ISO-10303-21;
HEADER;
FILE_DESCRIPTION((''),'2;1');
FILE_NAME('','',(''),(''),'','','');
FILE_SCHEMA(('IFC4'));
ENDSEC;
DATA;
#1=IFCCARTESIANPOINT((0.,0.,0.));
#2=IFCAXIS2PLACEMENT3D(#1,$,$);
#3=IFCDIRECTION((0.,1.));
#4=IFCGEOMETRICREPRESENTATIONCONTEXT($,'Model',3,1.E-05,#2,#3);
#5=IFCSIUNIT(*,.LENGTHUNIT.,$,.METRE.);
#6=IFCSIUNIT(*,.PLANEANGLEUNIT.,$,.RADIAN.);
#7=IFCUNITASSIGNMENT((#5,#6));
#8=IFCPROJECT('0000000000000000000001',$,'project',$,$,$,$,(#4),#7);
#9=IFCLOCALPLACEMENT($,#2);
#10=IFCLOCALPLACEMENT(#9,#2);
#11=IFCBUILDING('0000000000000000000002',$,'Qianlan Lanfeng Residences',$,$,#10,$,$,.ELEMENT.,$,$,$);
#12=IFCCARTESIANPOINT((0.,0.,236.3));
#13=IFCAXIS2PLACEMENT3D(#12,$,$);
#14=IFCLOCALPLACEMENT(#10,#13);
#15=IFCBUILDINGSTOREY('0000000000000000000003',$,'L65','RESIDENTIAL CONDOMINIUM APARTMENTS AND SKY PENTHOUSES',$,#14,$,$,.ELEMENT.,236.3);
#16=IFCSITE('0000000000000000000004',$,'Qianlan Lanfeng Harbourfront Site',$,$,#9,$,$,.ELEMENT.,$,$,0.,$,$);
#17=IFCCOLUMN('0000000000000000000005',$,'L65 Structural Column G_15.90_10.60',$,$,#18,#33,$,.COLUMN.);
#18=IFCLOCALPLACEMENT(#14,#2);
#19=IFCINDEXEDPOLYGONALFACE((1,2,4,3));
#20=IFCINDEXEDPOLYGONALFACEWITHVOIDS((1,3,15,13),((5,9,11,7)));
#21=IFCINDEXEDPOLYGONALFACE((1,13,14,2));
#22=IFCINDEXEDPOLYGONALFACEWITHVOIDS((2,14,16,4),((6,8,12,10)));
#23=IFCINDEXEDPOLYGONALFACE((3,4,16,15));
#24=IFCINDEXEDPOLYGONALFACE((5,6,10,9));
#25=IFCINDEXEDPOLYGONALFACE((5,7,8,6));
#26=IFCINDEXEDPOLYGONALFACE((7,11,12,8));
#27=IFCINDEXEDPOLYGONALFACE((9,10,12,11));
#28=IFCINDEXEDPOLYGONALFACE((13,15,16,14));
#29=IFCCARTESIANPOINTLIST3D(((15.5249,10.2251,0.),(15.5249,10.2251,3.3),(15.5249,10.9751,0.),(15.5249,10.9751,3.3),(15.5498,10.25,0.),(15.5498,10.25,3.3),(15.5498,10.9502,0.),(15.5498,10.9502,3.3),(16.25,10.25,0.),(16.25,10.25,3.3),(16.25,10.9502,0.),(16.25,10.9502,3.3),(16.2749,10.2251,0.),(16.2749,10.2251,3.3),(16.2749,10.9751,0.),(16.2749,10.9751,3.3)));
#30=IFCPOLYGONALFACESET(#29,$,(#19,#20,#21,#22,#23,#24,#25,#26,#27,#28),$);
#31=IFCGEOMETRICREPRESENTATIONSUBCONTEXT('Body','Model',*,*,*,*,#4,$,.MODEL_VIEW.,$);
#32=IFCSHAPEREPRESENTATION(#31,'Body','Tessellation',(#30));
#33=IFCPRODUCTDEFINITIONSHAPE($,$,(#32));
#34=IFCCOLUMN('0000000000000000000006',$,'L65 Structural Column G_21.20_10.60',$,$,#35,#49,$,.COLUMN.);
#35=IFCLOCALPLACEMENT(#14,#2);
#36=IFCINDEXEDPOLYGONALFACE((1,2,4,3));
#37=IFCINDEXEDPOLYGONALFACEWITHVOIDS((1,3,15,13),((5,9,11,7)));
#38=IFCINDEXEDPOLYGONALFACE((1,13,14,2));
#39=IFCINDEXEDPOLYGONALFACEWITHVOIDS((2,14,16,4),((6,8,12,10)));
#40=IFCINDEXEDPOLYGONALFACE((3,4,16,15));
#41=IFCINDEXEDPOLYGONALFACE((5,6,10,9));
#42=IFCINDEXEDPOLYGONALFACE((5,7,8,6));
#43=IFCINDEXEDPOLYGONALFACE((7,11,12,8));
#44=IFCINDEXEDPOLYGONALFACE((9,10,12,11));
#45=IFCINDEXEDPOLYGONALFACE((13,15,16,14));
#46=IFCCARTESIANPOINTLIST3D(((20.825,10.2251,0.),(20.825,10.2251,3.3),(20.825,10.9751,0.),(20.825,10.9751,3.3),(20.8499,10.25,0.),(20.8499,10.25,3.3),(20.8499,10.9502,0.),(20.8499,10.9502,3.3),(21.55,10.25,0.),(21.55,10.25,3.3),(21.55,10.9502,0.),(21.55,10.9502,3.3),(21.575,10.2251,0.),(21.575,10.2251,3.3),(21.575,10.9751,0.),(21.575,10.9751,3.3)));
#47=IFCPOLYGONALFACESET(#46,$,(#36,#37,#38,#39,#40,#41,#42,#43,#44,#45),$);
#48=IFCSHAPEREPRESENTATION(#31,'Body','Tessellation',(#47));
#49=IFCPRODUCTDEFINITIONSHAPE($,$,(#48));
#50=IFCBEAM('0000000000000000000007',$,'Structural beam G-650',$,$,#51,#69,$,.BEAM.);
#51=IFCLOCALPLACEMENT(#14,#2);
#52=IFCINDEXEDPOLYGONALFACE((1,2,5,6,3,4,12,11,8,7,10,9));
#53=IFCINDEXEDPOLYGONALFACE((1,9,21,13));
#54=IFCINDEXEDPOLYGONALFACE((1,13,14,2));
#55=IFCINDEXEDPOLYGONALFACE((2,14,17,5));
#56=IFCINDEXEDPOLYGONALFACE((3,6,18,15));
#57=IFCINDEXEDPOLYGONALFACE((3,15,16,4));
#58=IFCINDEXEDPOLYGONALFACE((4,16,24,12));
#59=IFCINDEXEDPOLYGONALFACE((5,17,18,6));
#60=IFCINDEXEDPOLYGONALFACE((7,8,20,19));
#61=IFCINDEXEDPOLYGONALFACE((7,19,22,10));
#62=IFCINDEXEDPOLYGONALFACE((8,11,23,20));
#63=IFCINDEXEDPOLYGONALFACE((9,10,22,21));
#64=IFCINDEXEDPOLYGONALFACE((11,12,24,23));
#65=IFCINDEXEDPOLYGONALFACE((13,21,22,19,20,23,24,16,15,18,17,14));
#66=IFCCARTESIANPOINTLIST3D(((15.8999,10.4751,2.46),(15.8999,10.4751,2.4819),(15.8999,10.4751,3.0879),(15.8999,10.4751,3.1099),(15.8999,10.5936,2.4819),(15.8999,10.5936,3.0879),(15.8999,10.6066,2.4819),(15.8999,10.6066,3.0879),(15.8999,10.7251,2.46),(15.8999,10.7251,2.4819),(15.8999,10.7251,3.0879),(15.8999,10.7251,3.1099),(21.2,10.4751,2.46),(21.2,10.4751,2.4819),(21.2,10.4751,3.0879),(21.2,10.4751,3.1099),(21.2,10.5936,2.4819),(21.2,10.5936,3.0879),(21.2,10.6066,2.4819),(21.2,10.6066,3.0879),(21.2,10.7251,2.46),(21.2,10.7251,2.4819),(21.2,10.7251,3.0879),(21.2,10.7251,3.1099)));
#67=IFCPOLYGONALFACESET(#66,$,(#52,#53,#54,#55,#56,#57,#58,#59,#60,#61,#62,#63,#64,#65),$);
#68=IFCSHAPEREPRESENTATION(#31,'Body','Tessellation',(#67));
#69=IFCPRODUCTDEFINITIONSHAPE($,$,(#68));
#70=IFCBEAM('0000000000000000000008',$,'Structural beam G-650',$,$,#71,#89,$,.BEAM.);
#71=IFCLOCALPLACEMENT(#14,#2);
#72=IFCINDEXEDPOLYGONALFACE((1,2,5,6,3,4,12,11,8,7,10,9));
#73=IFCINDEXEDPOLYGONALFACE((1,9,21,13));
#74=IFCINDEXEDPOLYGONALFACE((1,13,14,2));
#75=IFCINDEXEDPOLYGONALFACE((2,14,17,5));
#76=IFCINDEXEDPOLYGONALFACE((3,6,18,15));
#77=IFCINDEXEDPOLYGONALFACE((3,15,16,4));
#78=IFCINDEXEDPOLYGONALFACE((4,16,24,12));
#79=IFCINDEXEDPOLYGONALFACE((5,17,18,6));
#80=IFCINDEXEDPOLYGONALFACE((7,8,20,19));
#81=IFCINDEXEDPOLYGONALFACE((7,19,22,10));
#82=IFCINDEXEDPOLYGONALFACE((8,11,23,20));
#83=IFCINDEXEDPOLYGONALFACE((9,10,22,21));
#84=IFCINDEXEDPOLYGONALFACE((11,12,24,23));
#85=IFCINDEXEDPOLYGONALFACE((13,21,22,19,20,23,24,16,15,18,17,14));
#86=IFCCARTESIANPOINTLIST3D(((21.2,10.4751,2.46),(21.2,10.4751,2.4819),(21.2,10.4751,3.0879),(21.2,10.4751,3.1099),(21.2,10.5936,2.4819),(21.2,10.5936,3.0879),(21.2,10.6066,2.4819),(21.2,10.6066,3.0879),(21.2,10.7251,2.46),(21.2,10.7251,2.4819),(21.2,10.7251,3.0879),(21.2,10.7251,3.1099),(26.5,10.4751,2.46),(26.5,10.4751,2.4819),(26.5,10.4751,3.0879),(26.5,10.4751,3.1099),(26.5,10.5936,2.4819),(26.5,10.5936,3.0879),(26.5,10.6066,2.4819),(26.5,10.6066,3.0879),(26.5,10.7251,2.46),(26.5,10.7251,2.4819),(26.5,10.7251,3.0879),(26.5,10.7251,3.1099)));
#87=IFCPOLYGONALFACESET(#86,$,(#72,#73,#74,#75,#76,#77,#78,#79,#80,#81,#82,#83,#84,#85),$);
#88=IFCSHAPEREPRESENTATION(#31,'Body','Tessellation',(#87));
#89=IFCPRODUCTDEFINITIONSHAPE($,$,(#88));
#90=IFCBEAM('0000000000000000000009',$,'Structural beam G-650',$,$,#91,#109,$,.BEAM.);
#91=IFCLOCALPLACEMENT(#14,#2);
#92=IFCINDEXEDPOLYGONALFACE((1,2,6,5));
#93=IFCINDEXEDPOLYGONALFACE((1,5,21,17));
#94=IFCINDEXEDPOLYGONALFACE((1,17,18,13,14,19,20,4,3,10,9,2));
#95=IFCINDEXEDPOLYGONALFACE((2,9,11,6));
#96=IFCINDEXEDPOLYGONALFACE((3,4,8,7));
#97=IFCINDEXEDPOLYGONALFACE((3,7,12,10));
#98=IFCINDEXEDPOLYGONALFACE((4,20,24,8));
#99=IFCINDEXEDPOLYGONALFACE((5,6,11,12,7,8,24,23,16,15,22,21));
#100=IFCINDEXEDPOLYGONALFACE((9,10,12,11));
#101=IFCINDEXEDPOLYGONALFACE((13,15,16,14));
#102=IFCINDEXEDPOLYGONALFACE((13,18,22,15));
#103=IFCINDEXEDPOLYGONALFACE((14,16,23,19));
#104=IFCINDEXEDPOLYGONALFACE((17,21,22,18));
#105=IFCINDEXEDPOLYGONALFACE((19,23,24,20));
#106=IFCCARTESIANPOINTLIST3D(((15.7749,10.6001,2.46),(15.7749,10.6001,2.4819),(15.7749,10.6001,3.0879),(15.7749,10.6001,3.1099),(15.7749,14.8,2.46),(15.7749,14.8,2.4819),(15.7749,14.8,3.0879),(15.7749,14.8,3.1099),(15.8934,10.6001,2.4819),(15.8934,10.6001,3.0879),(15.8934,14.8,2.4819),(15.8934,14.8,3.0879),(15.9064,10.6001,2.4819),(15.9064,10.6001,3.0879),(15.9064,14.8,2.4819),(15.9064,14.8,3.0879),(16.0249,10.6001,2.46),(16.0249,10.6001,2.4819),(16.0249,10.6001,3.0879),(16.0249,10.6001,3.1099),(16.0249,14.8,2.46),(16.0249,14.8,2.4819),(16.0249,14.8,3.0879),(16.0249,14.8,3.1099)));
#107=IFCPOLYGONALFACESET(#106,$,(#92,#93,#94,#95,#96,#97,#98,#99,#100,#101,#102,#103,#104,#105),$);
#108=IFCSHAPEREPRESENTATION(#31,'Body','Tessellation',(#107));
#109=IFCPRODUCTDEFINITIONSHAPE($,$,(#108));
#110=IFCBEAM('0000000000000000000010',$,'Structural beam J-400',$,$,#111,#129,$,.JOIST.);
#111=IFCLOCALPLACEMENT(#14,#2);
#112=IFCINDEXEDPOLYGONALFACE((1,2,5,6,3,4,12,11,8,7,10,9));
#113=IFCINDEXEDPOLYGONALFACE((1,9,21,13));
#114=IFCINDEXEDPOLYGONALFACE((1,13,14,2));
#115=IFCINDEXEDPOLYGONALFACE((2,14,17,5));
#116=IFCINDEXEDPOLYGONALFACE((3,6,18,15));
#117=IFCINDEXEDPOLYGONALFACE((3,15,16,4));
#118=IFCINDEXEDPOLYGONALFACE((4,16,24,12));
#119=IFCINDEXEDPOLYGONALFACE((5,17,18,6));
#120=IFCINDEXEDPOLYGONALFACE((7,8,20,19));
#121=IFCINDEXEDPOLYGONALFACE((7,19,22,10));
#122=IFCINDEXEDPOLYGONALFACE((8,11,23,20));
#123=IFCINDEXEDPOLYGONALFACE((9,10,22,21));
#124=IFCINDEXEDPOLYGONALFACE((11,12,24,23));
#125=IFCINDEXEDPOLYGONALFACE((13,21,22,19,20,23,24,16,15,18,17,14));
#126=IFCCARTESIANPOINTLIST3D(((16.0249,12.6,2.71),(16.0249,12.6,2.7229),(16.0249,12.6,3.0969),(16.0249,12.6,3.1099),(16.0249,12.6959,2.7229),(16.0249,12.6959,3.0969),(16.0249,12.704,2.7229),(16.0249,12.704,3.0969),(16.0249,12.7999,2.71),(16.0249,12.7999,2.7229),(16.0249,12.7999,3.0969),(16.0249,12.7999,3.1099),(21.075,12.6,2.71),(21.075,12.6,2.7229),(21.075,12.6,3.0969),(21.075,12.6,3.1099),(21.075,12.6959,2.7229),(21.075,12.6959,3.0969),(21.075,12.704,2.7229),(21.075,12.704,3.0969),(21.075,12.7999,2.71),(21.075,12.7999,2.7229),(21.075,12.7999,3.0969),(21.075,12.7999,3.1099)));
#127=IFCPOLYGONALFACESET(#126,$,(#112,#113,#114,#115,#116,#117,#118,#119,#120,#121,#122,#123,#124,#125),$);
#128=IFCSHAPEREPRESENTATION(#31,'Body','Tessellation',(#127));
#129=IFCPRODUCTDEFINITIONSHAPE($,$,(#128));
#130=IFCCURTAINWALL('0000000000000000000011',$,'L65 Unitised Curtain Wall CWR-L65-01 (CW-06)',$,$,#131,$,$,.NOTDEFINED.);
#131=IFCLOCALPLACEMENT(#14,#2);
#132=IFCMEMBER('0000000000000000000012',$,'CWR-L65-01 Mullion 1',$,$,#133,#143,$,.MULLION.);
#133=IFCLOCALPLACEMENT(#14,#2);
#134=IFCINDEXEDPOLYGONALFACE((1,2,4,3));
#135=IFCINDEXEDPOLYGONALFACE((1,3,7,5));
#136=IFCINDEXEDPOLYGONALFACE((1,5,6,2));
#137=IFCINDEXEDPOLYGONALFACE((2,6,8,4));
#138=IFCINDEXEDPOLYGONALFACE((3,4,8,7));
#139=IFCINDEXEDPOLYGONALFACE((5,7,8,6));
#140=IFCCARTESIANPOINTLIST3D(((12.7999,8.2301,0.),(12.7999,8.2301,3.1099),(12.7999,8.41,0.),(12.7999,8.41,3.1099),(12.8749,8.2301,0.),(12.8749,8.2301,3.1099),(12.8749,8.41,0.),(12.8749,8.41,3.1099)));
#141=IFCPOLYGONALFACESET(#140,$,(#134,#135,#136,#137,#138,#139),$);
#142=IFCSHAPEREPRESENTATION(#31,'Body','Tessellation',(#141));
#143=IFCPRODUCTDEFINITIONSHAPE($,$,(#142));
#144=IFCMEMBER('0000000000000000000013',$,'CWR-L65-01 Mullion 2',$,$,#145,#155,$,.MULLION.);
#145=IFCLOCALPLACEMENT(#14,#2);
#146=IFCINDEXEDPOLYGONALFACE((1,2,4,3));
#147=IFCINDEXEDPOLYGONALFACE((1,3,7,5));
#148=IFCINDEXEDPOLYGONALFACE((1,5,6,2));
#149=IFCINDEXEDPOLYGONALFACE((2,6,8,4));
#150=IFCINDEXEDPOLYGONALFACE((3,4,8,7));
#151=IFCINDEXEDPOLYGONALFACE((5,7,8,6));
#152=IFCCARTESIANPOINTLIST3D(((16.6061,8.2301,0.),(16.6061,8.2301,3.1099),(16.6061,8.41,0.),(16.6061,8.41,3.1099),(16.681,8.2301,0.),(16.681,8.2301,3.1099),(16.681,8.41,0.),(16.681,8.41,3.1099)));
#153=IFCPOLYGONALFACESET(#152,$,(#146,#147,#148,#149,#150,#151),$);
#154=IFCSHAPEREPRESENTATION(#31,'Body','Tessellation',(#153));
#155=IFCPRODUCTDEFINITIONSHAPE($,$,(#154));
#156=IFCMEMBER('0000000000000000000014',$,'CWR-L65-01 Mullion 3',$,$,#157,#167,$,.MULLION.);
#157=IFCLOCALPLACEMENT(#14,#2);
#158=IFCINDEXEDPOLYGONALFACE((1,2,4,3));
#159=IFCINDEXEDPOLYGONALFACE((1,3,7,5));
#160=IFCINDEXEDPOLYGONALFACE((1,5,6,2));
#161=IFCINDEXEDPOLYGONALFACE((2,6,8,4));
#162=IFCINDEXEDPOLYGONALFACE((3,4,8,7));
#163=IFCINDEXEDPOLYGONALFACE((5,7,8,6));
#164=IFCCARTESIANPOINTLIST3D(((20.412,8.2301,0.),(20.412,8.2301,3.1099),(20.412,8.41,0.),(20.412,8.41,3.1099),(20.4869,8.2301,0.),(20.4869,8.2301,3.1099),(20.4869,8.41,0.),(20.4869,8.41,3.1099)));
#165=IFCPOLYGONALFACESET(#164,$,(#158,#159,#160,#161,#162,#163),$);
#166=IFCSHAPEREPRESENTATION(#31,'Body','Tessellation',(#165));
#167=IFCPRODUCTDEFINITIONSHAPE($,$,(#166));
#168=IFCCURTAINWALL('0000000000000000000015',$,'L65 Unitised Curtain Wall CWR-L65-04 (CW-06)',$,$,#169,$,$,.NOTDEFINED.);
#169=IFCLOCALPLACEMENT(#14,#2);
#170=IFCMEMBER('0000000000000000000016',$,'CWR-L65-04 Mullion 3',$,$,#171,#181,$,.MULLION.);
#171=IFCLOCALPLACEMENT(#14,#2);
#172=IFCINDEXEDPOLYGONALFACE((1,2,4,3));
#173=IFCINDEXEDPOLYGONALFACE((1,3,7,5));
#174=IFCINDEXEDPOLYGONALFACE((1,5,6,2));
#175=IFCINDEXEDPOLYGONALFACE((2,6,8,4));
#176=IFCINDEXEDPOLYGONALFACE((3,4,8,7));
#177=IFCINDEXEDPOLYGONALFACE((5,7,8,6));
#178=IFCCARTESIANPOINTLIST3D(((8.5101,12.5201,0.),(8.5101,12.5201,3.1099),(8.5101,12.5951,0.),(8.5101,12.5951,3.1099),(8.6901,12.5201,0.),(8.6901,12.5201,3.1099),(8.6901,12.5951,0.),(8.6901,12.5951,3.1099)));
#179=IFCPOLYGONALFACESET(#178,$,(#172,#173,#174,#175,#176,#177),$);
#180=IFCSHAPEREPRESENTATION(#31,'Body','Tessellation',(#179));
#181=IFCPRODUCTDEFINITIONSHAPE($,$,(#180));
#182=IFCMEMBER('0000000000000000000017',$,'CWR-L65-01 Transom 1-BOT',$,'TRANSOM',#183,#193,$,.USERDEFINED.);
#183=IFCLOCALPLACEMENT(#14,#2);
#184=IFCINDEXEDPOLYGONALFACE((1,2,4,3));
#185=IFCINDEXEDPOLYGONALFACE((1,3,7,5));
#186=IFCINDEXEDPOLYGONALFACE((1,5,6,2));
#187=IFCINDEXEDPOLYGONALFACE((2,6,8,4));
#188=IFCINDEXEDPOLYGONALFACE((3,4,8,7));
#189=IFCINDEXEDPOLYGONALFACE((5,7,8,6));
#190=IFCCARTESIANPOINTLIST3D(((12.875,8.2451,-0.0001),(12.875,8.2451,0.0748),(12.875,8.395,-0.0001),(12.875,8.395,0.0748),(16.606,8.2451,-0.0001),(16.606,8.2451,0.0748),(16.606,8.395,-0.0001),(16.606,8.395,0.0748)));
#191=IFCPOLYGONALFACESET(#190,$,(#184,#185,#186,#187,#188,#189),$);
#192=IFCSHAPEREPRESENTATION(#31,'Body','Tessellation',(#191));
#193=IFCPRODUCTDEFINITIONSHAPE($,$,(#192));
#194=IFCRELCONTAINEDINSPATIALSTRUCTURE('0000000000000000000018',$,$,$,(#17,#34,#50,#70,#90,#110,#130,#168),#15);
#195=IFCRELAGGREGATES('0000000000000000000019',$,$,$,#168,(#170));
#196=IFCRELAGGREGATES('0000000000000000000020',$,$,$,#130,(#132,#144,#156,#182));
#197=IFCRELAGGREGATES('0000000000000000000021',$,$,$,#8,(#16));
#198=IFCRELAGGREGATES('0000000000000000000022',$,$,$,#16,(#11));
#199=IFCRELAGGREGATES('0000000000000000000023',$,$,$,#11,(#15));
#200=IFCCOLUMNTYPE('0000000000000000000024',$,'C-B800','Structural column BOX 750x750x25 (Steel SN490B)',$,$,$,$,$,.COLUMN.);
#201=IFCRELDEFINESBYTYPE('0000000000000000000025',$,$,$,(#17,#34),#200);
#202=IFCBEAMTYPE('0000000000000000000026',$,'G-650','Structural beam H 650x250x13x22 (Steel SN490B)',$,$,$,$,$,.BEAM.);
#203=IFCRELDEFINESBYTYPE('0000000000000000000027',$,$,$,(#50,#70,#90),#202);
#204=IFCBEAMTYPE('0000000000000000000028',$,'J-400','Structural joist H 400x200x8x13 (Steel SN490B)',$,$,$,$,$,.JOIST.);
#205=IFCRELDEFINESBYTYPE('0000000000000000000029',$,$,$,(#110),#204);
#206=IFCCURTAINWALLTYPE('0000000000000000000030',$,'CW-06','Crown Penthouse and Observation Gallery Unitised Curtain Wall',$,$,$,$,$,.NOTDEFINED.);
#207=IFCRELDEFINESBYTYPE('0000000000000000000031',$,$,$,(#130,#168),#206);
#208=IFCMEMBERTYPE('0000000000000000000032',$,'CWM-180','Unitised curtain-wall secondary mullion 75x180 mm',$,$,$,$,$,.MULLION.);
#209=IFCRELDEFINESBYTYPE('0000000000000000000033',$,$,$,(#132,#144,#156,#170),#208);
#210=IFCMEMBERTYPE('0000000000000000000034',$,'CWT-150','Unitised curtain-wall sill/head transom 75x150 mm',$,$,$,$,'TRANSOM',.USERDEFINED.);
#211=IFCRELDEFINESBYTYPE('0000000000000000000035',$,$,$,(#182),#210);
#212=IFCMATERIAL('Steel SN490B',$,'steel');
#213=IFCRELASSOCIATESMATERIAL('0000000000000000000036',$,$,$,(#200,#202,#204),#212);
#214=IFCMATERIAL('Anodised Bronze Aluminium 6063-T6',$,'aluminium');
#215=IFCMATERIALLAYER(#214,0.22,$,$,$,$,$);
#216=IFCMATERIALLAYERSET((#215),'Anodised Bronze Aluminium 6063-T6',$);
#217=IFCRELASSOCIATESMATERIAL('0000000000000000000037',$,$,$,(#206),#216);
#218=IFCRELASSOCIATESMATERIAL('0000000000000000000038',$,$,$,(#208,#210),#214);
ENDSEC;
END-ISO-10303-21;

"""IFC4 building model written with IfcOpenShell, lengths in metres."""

from ifc_helpers import new_model, si_unit, direction, frame, origin, origin_2d, place, context, subcontext, project, spatial, rectangle, hollow_rectangle, i_section, extrude, source, transform, mapped, material, layer, layer_set, material_profile, profile_set, type_object, element, aggregate, save


model = new_model("IFC4")

# Units and contexts
model_context = context("Model", 3, precision=1e-05, world=origin(), true_north=direction((0.0, 1.0)))
body_context = subcontext(model_context, "Body", "Model", "MODEL_VIEW")
ifc_project = project(units=[si_unit("LENGTHUNIT", "METRE"), si_unit("PLANEANGLEUNIT", "RADIAN")], contexts=[model_context])

# Site, building, storey
site_placement = place(None, origin())
site = spatial("IfcSite", under=ifc_project, at=site_placement, Name="Qianlan Lanfeng Harbourfront Site", CompositionType="ELEMENT", RefElevation=0.0)
building_placement = place(site_placement, origin())
building = spatial("IfcBuilding", under=site, at=building_placement, Name="Qianlan Lanfeng Residences", CompositionType="ELEMENT")
storey_placement = place(building_placement, frame((0.0, 0.0, 236.3)))
storey = spatial("IfcBuildingStorey", under=building, at=storey_placement, Name="L65", Description="RESIDENTIAL CONDOMINIUM APARTMENTS AND SKY PENTHOUSES", CompositionType="ELEMENT", Elevation=236.3)

# Columns
ifc_material_1 = material(Name="Steel SN490B", Category="steel")
ifc_material_profile_1 = material_profile(ifc_material_1, hollow_rectangle(XDim=0.75, YDim=0.75, WallThickness=0.0249, at=origin_2d()), Name="BOX 750x750x25")
ifc_profile_set_1 = profile_set([ifc_material_profile_1], Name="Steel SN490B")
column_type = type_object("IfcColumnType", Name="C-B800", Description="Structural column BOX 750x750x25 (Steel SN490B)", PredefinedType="COLUMN", material=ifc_profile_set_1)
for number, where, z_axis, x_axis, name in (
    (1, (15.8999, 10.6001, 0.0), (0.0, 0.0, 1.0), (1.0, 0.0, 0.0), "L65 Structural Column G_15.90_10.60"),
    (2, (21.2, 10.6001, 0.0), (0.0, 0.0, 1.0), (1.0, 0.0, 0.0), "L65 Structural Column G_21.20_10.60"),
):
    element("IfcColumn", number, at=place(storey_placement, frame(where, z_axis=z_axis, x_axis=x_axis)), inside=storey, type_object=column_type, Name=name, PredefinedType="COLUMN", context=body_context, shape_type="SweptSolid", body=[
        extrude(hollow_rectangle(XDim=0.75, YDim=0.75, WallThickness=0.0249, at=origin_2d()), origin(), (0.0, 0.0, 1.0), 3.3),
    ])

# Beams
ifc_material_profile_2 = material_profile(ifc_material_1, i_section(OverallWidth=0.25, OverallDepth=0.6499, WebThickness=0.0129, FlangeThickness=0.022, at=origin_2d()), Name="H 650x250x13x22")
ifc_profile_set_2 = profile_set([ifc_material_profile_2], Name="Steel SN490B")
beam_type_1 = type_object("IfcBeamType", Name="G-650", Description="Structural beam H 650x250x13x22 (Steel SN490B)", PredefinedType="BEAM", material=ifc_profile_set_2)
for number, where, z_axis, x_axis, name in (
    (3, (15.8999, 10.6001, 2.7849), (1.0, 0.0, 0.0), (0.0, 1.0, 0.0), "Structural beam G-650"),
    (4, (21.2, 10.6001, 2.7849), (1.0, 0.0, 0.0), (0.0, 1.0, 0.0), "Structural beam G-650"),
):
    element("IfcBeam", number, at=place(storey_placement, frame(where, z_axis=z_axis, x_axis=x_axis)), inside=storey, type_object=beam_type_1, Name=name, PredefinedType="BEAM", context=body_context, shape_type="SweptSolid", body=[
        extrude(i_section(OverallWidth=0.25, OverallDepth=0.6499, WebThickness=0.0129, FlangeThickness=0.022, at=origin_2d()), origin(), (0.0, 0.0, 1.0), 5.3),
    ])
beam_1_placement = place(storey_placement, frame((15.8999, 10.6001, 2.7849), z_axis=(0.0, 1.0, 0.0), x_axis=(-1.0, 0.0, 0.0)))
element("IfcBeam", 5, at=beam_1_placement, inside=storey, type_object=beam_type_1, Name="Structural beam G-650", PredefinedType="BEAM", context=body_context, shape_type="SweptSolid", body=[
    extrude(i_section(OverallWidth=0.25, OverallDepth=0.6499, WebThickness=0.0129, FlangeThickness=0.022, at=origin_2d()), origin(), (0.0, 0.0, 1.0), 4.2),
])
ifc_material_profile_3 = material_profile(ifc_material_1, i_section(OverallWidth=0.2, OverallDepth=0.3999, WebThickness=0.0081, FlangeThickness=0.0129, at=origin_2d()), Name="H 400x200x8x13")
ifc_profile_set_3 = profile_set([ifc_material_profile_3], Name="Steel SN490B")
beam_type_2 = type_object("IfcBeamType", Name="J-400", Description="Structural joist H 400x200x8x13 (Steel SN490B)", PredefinedType="JOIST", material=ifc_profile_set_3)
beam_2_placement = place(storey_placement, frame((16.0249, 12.7, 2.9099), z_axis=(1.0, 0.0, 0.0), x_axis=(0.0, 1.0, 0.0)))
element("IfcBeam", 6, at=beam_2_placement, inside=storey, type_object=beam_type_2, Name="Structural beam J-400", PredefinedType="JOIST", context=body_context, shape_type="SweptSolid", body=[
    extrude(i_section(OverallWidth=0.2, OverallDepth=0.3999, WebThickness=0.0081, FlangeThickness=0.0129, at=origin_2d()), origin(), (0.0, 0.0, 1.0), 5.05),
])

# Curtain wall, members
ifc_material_2 = material(Name="Anodised Bronze Aluminium 6063-T6", Category="aluminium")
ifc_layer_1 = layer(ifc_material_2, 0.22)
ifc_layer_set_1 = layer_set([ifc_layer_1], Name="Anodised Bronze Aluminium 6063-T6")
curtain_wall_type = type_object("IfcCurtainWallType", Name="CW-06", Description="Crown Penthouse and Observation Gallery Unitised Curtain Wall", PredefinedType="NOTDEFINED", material=ifc_layer_set_1)
curtain_wall_1_placement = place(storey_placement, origin())
curtain_wall_1 = element("IfcCurtainWall", 7, at=curtain_wall_1_placement, inside=storey, type_object=curtain_wall_type, Name="L65 Unitised Curtain Wall CWR-L65-01 (CW-06)", PredefinedType="NOTDEFINED")
ifc_material_profile_4 = material_profile(ifc_material_2, rectangle(XDim=0.075, YDim=0.1799, at=origin_2d()), Name="ALU MULLION 75x180")
ifc_profile_set_4 = profile_set([ifc_material_profile_4], Name="Anodised Bronze Aluminium 6063-T6")
member_type_1 = type_object("IfcMemberType", Name="CWM-180", Description="Unitised curtain-wall secondary mullion 75x180 mm", PredefinedType="MULLION", material=ifc_profile_set_4)
shared_shape_1 = source(origin(), body_context, "Body", "SweptSolid", [
    extrude(rectangle(XDim=0.075, YDim=0.1799, at=origin_2d()), origin(), (0.0, 0.0, 1.0), 3.1099),
])
member_1_placement = place(storey_placement, frame((12.8374, 8.3201, 0.0), z_axis=(0.0, 0.0, 1.0), x_axis=(1.0, 0.0, 0.0)))
member_1 = element("IfcMember", 8, at=member_1_placement, type_object=member_type_1, Name="CWR-L65-01 Mullion 1", PredefinedType="MULLION", context=body_context, shape_type="MappedRepresentation", body=[
    mapped(shared_shape_1, transform((0.0, 0.0, 0.0), scale=1.0)),
])
member_2_placement = place(storey_placement, frame((16.6436, 8.3201, 0.0), z_axis=(0.0, 0.0, 1.0), x_axis=(1.0, 0.0, 0.0)))
member_2 = element("IfcMember", 9, at=member_2_placement, type_object=member_type_1, Name="CWR-L65-01 Mullion 2", PredefinedType="MULLION", context=body_context, shape_type="MappedRepresentation", body=[
    mapped(shared_shape_1, transform((0.0, 0.0, 0.0), scale=1.0)),
])
member_3_placement = place(storey_placement, frame((20.4495, 8.3201, 0.0), z_axis=(0.0, 0.0, 1.0), x_axis=(1.0, 0.0, 0.0)))
member_3 = element("IfcMember", 10, at=member_3_placement, type_object=member_type_1, Name="CWR-L65-01 Mullion 3", PredefinedType="MULLION", context=body_context, shape_type="MappedRepresentation", body=[
    mapped(shared_shape_1, transform((0.0, 0.0, 0.0), scale=1.0)),
])

# Curtain wall, member
curtain_wall_2_placement = place(storey_placement, origin())
curtain_wall_2 = element("IfcCurtainWall", 11, at=curtain_wall_2_placement, inside=storey, type_object=curtain_wall_type, Name="L65 Unitised Curtain Wall CWR-L65-04 (CW-06)", PredefinedType="NOTDEFINED")
member_4_placement = place(storey_placement, frame((8.6001, 12.5576, 0.0), z_axis=(0.0, 0.0, 1.0), x_axis=(0.0, -1.0, 0.0)))
member_4 = element("IfcMember", 12, at=member_4_placement, type_object=member_type_1, Name="CWR-L65-04 Mullion 3", PredefinedType="MULLION", context=body_context, shape_type="MappedRepresentation", body=[
    mapped(shared_shape_1, transform((0.0, 0.0, 0.0), scale=1.0)),
])
aggregate(curtain_wall_2, [member_4])

# Member
ifc_material_profile_5 = material_profile(ifc_material_2, rectangle(XDim=0.075, YDim=0.1499, at=origin_2d()), Name="ALU TRANSOM 75x150")
ifc_profile_set_5 = profile_set([ifc_material_profile_5], Name="Anodised Bronze Aluminium 6063-T6")
member_type_2 = type_object("IfcMemberType", Name="CWT-150", Description="Unitised curtain-wall sill/head transom 75x150 mm", ElementType="TRANSOM", PredefinedType="USERDEFINED", material=ifc_profile_set_5)
shared_shape_2 = source(origin(), body_context, "Body", "SweptSolid", [
    extrude(rectangle(XDim=0.075, YDim=0.1499, at=origin_2d()), origin(), (0.0, 0.0, 1.0), 3.731),
])
member_5_placement = place(storey_placement, frame((12.875, 8.3201, 0.0374), z_axis=(1.0, 0.0, 0.0), x_axis=(0.0, 0.0, 1.0)))
member_5 = element("IfcMember", 13, at=member_5_placement, type_object=member_type_2, Name="CWR-L65-01 Transom 1-BOT", ObjectType="TRANSOM", PredefinedType="USERDEFINED", context=body_context, shape_type="MappedRepresentation", body=[
    mapped(shared_shape_2, transform((0.0, 0.0, 0.0), scale=1.0)),
])

aggregate(curtain_wall_1, [member_1, member_2, member_3, member_5])

save(model, "model.ifc")
